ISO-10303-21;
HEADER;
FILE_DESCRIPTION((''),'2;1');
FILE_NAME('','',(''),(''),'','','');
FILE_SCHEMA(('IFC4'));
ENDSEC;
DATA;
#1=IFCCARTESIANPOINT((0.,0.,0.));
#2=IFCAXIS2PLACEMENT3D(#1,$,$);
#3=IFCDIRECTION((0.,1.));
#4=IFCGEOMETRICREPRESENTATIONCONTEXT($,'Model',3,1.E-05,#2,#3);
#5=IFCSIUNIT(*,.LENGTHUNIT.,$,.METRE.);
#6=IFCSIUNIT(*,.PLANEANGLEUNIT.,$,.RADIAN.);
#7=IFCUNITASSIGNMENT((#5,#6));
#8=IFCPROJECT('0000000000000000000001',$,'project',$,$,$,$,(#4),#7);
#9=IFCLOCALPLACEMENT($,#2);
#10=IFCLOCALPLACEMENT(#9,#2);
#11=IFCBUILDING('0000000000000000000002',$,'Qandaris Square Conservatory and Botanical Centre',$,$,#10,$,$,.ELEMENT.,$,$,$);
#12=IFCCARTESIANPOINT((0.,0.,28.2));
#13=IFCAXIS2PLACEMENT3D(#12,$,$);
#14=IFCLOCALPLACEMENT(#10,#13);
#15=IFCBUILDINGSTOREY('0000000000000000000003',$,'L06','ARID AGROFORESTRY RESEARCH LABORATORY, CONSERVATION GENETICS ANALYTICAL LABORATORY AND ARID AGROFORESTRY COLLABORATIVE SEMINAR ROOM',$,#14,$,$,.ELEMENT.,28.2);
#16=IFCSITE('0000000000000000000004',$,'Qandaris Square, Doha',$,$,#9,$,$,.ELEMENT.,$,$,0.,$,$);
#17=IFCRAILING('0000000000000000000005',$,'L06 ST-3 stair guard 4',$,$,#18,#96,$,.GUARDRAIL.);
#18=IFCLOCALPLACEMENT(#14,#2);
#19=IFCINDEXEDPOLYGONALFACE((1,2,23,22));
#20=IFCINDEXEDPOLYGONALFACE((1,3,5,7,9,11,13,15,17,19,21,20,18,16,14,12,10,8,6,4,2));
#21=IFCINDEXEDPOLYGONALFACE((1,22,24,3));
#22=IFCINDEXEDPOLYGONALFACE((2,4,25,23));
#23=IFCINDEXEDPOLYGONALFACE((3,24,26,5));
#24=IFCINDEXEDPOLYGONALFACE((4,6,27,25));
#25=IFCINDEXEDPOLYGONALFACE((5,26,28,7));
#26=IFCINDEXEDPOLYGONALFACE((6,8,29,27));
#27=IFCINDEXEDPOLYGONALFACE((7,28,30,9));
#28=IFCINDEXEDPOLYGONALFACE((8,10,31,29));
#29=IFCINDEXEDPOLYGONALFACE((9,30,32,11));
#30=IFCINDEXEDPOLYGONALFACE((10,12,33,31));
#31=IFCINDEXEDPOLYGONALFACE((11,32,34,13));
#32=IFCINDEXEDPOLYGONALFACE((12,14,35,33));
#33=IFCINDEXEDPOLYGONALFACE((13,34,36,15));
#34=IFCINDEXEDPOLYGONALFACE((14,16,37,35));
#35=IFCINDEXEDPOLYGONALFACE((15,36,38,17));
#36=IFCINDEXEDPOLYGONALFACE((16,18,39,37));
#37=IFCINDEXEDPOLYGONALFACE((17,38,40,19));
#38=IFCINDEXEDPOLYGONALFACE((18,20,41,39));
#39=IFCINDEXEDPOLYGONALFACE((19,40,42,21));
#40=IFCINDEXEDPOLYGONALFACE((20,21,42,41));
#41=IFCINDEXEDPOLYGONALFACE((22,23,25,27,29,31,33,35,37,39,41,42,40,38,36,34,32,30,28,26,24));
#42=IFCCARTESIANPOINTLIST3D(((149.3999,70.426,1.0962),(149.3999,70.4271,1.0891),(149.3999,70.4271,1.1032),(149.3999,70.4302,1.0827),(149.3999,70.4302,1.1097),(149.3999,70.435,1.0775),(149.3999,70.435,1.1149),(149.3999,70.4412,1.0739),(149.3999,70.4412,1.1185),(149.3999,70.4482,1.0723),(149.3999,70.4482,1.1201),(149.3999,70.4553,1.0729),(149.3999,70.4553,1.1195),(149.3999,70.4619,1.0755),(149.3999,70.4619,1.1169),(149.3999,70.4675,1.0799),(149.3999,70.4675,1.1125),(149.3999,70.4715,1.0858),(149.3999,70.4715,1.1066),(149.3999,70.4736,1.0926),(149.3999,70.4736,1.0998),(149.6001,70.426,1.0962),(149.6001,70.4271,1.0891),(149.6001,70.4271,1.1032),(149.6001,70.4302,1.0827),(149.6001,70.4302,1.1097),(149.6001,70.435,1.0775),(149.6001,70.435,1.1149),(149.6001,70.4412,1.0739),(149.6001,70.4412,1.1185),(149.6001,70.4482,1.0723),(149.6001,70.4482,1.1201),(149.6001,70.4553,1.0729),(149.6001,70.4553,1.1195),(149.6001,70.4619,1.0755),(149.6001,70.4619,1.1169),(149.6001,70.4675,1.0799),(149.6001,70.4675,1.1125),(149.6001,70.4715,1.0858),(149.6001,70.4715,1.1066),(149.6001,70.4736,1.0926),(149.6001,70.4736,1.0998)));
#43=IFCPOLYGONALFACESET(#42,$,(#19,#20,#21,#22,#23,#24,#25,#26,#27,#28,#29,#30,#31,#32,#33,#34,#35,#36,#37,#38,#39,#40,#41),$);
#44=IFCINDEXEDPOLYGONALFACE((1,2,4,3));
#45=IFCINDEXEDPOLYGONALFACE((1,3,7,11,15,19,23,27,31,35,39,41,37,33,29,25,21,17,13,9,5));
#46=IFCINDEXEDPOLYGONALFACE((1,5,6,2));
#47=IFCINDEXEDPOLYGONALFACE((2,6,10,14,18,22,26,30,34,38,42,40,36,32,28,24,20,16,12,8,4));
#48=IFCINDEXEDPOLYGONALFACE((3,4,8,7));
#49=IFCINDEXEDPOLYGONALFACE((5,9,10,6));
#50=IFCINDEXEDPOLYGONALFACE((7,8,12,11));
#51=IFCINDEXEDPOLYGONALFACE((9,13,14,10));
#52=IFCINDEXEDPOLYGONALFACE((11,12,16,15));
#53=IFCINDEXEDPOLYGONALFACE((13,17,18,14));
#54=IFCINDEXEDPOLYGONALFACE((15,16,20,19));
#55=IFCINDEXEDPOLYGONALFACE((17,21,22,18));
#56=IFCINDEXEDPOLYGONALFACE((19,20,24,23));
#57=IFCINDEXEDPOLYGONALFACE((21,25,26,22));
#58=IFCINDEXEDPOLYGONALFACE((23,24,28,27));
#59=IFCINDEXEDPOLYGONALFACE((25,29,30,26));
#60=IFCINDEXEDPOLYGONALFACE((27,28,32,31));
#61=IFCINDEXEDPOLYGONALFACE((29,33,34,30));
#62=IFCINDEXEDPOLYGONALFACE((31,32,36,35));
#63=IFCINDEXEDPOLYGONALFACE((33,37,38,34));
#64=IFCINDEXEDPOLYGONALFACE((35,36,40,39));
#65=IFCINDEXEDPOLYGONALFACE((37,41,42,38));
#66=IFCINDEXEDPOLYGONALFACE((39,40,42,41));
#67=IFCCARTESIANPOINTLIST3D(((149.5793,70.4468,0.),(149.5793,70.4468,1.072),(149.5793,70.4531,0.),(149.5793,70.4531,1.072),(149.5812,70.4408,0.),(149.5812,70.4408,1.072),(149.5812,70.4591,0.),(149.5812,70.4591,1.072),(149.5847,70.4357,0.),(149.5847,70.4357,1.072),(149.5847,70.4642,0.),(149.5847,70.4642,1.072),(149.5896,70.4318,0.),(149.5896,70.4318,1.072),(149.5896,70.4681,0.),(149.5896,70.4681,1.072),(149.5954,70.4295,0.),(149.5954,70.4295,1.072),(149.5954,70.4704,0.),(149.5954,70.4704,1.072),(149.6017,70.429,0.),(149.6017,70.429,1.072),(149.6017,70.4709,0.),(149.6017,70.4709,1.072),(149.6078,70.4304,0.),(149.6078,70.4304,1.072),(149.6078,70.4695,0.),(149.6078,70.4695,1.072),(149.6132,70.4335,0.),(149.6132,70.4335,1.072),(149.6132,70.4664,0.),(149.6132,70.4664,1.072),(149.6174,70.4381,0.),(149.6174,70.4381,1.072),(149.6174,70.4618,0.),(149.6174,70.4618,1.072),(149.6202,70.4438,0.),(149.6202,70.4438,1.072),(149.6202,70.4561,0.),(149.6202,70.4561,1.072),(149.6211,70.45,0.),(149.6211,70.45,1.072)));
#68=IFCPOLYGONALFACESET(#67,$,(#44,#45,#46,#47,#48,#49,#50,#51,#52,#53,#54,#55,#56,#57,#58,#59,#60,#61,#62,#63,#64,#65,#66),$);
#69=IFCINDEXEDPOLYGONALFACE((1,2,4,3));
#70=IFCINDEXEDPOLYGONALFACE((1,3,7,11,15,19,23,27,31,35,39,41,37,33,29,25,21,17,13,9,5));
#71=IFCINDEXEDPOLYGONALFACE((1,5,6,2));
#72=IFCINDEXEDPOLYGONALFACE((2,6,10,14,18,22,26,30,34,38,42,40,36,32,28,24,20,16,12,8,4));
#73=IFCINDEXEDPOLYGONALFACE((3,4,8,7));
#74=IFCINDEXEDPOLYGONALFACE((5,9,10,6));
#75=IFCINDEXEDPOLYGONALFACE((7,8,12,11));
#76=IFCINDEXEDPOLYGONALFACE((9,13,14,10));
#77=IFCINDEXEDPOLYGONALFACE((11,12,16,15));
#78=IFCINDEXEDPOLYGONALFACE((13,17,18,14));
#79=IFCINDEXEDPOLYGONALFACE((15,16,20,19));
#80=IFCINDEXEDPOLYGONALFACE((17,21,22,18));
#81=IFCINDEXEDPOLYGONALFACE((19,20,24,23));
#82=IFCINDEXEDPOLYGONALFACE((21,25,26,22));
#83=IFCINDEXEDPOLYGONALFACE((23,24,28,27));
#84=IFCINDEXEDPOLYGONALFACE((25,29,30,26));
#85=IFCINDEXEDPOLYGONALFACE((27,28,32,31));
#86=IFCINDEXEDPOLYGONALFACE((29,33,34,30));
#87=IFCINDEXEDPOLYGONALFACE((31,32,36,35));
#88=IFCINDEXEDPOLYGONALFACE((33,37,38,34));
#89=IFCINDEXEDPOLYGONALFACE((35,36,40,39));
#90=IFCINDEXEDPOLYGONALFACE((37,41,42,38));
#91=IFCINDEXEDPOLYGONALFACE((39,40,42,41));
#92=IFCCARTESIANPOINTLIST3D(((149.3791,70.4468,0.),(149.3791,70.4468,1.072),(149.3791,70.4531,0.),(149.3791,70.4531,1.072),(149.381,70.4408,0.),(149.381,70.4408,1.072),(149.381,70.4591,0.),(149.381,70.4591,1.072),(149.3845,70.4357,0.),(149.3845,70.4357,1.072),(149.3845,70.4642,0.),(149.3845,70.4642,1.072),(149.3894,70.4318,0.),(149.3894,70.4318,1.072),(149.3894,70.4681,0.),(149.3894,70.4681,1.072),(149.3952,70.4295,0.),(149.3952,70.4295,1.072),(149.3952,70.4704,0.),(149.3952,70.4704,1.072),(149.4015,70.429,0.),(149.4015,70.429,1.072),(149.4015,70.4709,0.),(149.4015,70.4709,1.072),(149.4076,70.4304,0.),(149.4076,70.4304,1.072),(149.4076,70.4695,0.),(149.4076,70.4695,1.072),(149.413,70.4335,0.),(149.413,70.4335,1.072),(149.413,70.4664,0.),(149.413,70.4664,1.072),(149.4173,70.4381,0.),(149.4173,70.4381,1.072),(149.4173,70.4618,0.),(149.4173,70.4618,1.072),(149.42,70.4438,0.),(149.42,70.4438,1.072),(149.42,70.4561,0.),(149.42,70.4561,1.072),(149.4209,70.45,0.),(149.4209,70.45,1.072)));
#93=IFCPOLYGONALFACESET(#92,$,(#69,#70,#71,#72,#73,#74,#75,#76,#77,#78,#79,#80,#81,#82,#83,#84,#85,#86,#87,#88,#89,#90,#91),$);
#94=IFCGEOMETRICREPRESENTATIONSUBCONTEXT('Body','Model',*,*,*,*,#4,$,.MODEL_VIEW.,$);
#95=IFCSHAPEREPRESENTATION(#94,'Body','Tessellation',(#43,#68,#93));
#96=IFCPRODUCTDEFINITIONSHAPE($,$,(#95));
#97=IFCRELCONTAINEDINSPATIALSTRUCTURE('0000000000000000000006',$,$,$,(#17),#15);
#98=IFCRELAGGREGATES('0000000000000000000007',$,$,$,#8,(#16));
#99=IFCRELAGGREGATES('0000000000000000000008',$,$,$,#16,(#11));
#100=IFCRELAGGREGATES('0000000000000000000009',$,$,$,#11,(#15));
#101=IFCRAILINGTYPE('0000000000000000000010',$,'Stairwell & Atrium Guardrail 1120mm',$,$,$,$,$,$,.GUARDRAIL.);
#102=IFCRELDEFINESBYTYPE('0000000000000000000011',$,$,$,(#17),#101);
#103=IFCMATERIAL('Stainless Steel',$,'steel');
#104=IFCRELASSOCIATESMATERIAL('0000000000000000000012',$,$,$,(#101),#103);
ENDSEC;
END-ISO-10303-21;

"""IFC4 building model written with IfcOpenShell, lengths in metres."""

from ifc_helpers import new_model, si_unit, direction, frame, origin, origin_2d, place, context, subcontext, project, spatial, circle, extrude, material, type_object, element, save


model = new_model("IFC4")

# Units and contexts
model_context = context("Model", 3, precision=1e-05, world=origin(), true_north=direction((0.0, 1.0)))
body_context = subcontext(model_context, "Body", "Model", "MODEL_VIEW")
ifc_project = project(units=[si_unit("LENGTHUNIT", "METRE"), si_unit("PLANEANGLEUNIT", "RADIAN")], contexts=[model_context])

# Site, building, storey
site_placement = place(None, origin())
site = spatial("IfcSite", under=ifc_project, at=site_placement, Name="Qandaris Square, Doha", CompositionType="ELEMENT", RefElevation=0.0)
building_placement = place(site_placement, origin())
building = spatial("IfcBuilding", under=site, at=building_placement, Name="Qandaris Square Conservatory and Botanical Centre", CompositionType="ELEMENT")
storey_placement = place(building_placement, frame((0.0, 0.0, 28.2)))
storey = spatial("IfcBuildingStorey", under=building, at=storey_placement, Name="L06", Description="ARID AGROFORESTRY RESEARCH LABORATORY, CONSERVATION GENETICS ANALYTICAL LABORATORY AND ARID AGROFORESTRY COLLABORATIVE SEMINAR ROOM", CompositionType="ELEMENT", Elevation=28.2)

# Railing
ifc_material_1 = material(Name="Stainless Steel", Category="steel")
railing_type_1 = type_object("IfcRailingType", Name="Stairwell & Atrium Guardrail 1120mm", PredefinedType="GUARDRAIL", material=ifc_material_1)
railing_1_placement = place(storey_placement, frame((149.6001, 70.45, 0.0)))
element("IfcRailing", 1, at=railing_1_placement, inside=storey, type_object=railing_type_1, Name="L06 ST-3 stair guard 4", PredefinedType="GUARDRAIL", context=body_context, shape_type="SweptSolid", body=[
    extrude(circle(Radius=0.0239, at=origin_2d()), frame((0.0, 0.0, 1.0962), z_axis=(-1.0, 0.0, 0.0), x_axis=(0.0, -1.0, 0.0)), (0.0, 0.0, 1.0), 0.2002),
    extrude(circle(Radius=0.021, at=origin_2d()), origin(), (0.0, 0.0, 1.0), 1.072),
    extrude(circle(Radius=0.021, at=origin_2d()), frame((-0.2002, 0.0, 0.0)), (0.0, 0.0, 1.0), 1.072),
])

save(model, "model.ifc")
